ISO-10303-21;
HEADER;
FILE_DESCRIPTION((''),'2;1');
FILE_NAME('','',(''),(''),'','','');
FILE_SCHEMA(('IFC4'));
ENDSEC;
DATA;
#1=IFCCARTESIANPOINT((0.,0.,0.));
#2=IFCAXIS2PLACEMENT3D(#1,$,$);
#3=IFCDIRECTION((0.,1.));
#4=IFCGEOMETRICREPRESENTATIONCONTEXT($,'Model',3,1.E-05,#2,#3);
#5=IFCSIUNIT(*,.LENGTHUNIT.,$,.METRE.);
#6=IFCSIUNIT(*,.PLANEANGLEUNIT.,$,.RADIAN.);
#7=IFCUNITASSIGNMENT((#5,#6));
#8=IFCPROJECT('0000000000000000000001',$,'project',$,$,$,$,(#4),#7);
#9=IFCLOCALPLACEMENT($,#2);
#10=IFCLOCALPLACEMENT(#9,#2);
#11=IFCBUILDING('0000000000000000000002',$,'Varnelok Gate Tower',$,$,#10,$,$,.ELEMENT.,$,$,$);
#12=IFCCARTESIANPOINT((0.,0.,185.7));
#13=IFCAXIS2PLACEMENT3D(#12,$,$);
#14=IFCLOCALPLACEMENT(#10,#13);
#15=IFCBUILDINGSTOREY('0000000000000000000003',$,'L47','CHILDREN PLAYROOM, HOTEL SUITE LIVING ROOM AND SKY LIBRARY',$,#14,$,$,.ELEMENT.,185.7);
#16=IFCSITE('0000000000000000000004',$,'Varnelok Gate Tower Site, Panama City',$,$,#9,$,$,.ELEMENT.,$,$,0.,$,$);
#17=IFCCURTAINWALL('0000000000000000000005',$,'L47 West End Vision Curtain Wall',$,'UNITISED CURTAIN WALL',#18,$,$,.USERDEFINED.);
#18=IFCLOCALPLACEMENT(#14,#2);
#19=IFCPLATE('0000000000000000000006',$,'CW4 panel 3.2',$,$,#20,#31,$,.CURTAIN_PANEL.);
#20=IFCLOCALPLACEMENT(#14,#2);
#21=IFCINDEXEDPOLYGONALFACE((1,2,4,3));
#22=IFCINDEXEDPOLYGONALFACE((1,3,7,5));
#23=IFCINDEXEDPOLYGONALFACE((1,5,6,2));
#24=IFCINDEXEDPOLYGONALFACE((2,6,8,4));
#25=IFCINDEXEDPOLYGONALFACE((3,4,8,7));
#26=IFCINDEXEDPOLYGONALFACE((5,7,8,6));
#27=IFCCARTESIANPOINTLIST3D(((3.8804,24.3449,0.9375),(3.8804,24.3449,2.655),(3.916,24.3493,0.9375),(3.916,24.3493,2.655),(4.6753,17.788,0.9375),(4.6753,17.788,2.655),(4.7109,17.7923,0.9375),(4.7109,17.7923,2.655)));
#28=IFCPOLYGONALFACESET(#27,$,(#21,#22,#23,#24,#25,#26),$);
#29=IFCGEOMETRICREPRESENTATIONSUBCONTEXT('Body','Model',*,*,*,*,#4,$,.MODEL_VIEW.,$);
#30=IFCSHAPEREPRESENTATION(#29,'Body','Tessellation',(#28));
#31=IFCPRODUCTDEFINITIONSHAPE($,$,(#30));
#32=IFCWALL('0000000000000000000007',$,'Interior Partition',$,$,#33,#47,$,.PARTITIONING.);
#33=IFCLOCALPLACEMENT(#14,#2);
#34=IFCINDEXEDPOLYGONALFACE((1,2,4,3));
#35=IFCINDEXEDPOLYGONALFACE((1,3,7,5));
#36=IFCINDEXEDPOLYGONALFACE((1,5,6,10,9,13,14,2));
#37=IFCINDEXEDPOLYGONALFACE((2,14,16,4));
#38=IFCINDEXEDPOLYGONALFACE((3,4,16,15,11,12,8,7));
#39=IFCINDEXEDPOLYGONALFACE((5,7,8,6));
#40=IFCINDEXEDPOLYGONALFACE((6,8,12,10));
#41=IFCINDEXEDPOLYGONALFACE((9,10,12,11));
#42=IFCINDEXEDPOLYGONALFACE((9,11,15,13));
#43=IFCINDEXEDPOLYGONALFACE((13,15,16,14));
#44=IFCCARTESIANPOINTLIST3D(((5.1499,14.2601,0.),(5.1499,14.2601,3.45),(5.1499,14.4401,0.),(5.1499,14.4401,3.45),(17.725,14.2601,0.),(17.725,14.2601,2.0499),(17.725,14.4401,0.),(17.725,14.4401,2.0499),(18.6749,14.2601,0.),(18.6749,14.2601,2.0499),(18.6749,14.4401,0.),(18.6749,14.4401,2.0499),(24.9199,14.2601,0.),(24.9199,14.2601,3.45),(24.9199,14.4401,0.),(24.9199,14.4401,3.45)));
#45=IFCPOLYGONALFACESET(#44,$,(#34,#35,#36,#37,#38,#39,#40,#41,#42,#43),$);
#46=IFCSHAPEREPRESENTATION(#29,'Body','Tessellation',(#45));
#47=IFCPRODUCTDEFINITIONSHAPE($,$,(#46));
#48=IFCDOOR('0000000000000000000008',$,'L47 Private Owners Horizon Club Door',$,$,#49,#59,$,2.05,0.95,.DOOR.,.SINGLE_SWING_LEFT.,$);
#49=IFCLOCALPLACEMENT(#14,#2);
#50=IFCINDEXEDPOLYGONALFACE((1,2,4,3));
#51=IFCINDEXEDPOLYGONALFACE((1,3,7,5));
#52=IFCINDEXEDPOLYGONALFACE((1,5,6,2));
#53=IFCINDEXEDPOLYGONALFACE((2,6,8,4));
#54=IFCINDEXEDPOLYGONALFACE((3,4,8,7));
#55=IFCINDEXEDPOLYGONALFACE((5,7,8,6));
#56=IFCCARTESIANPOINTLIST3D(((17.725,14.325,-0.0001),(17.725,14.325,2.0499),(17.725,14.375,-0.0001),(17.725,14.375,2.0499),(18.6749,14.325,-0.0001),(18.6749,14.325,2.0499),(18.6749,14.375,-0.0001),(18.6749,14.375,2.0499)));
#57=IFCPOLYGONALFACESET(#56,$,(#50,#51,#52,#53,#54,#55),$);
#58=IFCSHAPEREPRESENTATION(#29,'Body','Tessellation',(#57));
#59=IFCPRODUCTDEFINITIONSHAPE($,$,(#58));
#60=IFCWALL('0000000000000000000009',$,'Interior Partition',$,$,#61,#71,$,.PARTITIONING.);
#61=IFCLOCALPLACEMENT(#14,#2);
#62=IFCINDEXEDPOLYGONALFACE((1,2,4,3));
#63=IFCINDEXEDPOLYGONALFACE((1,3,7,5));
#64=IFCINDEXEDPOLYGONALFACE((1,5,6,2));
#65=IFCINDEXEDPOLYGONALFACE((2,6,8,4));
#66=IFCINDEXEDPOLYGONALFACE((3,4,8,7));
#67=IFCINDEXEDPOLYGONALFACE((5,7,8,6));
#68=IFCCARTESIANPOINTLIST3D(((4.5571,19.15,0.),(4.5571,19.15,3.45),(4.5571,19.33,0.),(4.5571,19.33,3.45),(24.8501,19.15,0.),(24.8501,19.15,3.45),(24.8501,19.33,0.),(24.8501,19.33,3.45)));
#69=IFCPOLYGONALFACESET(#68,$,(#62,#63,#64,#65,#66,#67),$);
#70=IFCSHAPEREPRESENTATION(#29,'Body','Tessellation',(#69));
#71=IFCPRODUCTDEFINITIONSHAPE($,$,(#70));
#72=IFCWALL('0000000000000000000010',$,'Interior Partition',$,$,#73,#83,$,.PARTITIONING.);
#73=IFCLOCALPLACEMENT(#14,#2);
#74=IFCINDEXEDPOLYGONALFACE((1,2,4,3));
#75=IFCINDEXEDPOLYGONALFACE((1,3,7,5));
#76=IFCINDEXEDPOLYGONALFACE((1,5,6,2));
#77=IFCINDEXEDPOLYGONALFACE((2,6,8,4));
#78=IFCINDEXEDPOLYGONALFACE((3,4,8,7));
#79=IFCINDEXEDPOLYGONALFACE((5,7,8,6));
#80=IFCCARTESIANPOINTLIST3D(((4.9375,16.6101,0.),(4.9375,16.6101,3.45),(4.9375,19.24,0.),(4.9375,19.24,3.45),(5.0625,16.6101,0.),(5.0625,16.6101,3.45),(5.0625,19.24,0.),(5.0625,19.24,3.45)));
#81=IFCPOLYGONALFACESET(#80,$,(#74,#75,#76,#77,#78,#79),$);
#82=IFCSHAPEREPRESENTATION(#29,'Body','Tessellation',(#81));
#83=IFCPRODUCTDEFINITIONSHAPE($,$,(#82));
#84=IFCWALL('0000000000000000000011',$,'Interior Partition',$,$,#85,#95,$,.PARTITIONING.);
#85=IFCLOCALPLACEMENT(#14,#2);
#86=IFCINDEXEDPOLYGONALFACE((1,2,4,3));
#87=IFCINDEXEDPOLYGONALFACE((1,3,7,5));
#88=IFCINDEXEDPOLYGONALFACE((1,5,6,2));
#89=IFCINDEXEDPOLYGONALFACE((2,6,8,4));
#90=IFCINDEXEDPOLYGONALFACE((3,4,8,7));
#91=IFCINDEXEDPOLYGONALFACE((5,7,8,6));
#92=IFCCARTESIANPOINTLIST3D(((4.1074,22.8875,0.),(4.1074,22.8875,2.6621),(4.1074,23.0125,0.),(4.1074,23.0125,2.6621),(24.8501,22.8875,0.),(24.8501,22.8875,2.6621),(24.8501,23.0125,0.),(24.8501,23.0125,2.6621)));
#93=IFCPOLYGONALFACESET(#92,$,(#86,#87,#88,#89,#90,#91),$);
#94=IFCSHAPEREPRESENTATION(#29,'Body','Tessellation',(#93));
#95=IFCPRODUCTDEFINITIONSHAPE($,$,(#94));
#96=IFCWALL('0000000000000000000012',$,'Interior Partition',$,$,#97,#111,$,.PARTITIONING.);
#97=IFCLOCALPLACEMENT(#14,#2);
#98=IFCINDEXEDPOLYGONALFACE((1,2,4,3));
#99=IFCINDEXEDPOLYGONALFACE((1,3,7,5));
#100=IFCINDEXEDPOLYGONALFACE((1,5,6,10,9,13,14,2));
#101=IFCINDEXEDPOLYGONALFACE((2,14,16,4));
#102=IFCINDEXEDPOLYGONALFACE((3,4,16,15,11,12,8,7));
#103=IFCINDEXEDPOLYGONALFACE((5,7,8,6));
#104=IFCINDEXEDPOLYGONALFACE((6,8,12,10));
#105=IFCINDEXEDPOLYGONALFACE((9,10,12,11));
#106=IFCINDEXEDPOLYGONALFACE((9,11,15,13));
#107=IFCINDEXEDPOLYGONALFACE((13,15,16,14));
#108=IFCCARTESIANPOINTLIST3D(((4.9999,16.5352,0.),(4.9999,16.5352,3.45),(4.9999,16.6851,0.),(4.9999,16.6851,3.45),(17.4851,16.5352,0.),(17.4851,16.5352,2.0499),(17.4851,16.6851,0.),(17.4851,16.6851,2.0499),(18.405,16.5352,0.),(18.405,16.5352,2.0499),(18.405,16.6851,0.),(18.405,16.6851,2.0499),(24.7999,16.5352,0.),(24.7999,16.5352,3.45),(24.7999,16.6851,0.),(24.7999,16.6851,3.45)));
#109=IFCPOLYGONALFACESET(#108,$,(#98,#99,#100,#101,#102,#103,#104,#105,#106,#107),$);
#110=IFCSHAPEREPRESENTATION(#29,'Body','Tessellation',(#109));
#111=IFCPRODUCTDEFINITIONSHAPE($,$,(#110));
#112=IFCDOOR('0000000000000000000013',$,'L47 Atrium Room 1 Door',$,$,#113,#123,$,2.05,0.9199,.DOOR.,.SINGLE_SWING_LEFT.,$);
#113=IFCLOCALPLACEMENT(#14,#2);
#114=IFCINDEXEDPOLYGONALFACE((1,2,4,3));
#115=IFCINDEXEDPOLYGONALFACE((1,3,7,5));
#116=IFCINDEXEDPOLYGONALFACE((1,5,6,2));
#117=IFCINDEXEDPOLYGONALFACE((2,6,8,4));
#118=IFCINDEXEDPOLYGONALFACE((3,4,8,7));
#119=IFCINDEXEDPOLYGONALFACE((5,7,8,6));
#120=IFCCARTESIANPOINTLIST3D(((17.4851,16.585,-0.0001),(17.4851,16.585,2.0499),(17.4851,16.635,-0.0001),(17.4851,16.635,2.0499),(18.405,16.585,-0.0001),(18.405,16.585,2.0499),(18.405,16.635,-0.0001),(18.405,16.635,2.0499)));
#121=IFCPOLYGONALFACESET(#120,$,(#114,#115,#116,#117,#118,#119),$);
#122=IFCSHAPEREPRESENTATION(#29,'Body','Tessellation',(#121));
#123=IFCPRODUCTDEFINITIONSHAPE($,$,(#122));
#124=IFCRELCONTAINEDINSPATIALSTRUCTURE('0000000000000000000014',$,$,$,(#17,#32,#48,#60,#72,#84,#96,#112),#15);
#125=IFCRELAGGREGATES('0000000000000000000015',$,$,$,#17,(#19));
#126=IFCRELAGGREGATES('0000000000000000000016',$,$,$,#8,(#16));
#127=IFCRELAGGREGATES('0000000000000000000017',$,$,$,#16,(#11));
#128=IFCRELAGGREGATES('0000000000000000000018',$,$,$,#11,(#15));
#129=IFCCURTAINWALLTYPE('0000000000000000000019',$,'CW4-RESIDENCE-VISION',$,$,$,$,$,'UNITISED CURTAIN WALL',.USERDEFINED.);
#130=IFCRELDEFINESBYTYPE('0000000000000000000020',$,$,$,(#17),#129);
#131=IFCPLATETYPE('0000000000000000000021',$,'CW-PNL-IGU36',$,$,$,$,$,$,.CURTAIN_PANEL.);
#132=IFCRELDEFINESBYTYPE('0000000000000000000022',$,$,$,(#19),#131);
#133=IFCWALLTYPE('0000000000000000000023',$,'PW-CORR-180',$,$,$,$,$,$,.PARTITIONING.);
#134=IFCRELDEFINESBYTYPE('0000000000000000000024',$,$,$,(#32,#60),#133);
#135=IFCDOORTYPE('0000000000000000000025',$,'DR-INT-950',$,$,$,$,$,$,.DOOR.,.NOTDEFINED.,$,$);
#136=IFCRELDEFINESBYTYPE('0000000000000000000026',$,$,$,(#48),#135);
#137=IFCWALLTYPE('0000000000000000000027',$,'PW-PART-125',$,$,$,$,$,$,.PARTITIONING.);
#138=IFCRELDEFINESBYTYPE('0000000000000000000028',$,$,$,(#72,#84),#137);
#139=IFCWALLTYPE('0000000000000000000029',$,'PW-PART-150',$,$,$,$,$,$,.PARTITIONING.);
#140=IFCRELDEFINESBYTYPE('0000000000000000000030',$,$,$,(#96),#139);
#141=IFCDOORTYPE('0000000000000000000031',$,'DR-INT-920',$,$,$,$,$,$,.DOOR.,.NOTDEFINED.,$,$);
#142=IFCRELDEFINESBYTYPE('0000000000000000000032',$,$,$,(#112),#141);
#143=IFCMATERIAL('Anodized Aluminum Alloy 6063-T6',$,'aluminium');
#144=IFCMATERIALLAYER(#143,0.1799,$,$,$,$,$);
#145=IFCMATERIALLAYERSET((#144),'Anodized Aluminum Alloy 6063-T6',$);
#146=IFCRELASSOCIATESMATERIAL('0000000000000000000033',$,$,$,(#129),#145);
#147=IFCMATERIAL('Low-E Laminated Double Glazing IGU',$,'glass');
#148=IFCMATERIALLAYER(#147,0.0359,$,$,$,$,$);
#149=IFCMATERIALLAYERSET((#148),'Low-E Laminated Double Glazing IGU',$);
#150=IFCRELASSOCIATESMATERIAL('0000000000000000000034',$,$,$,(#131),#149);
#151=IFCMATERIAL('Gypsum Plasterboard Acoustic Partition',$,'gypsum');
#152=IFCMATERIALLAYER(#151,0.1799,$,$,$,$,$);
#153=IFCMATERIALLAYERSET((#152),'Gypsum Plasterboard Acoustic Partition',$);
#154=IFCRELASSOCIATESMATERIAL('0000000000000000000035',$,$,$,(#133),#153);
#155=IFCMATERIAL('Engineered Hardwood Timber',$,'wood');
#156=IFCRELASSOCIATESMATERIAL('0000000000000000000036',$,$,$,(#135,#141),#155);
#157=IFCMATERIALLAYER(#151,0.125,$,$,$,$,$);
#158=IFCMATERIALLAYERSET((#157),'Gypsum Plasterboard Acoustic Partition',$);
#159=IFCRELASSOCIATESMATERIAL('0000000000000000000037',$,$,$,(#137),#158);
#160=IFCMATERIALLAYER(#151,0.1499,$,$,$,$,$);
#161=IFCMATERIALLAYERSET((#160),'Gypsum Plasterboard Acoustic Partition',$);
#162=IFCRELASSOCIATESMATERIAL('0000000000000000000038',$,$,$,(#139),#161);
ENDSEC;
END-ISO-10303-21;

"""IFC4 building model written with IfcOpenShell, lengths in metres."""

from ifc_helpers import new_model, si_unit, direction, frame, frame_2d, origin, origin_2d, place, context, subcontext, project, spatial, rectangle, extrude, source, transform, mapped, material, layer, layer_set, type_object, element, fill, aggregate, save


model = new_model("IFC4")

# Units and contexts
model_context = context("Model", 3, precision=1e-05, world=origin(), true_north=direction((0.0, 1.0)))
body_context = subcontext(model_context, "Body", "Model", "MODEL_VIEW")
ifc_project = project(units=[si_unit("LENGTHUNIT", "METRE"), si_unit("PLANEANGLEUNIT", "RADIAN")], contexts=[model_context])

# Site, building, storey
site_placement = place(None, origin())
site = spatial("IfcSite", under=ifc_project, at=site_placement, Name="Varnelok Gate Tower Site, Panama City", CompositionType="ELEMENT", RefElevation=0.0)
building_placement = place(site_placement, origin())
building = spatial("IfcBuilding", under=site, at=building_placement, Name="Varnelok Gate Tower", CompositionType="ELEMENT")
storey_placement = place(building_placement, frame((0.0, 0.0, 185.7)))
storey = spatial("IfcBuildingStorey", under=building, at=storey_placement, Name="L47", Description="CHILDREN PLAYROOM, HOTEL SUITE LIVING ROOM AND SKY LIBRARY", CompositionType="ELEMENT", Elevation=185.7)

# Curtain wall, plate
ifc_material_1 = material(Name="Anodized Aluminum Alloy 6063-T6", Category="aluminium")
ifc_layer_1 = layer(ifc_material_1, 0.1799)
ifc_layer_set_1 = layer_set([ifc_layer_1], Name="Anodized Aluminum Alloy 6063-T6")
curtain_wall_type = type_object("IfcCurtainWallType", Name="CW4-RESIDENCE-VISION", ElementType="UNITISED CURTAIN WALL", PredefinedType="USERDEFINED", material=ifc_layer_set_1)
curtain_wall_placement = place(storey_placement, origin())
curtain_wall = element("IfcCurtainWall", 1, at=curtain_wall_placement, inside=storey, type_object=curtain_wall_type, Name="L47 West End Vision Curtain Wall", ObjectType="UNITISED CURTAIN WALL", PredefinedType="USERDEFINED")
ifc_material_2 = material(Name="Low-E Laminated Double Glazing IGU", Category="glass")
ifc_layer_2 = layer(ifc_material_2, 0.0359)
ifc_layer_set_2 = layer_set([ifc_layer_2], Name="Low-E Laminated Double Glazing IGU")
plate_type = type_object("IfcPlateType", Name="CW-PNL-IGU36", PredefinedType="CURTAIN_PANEL", material=ifc_layer_set_2)
shared_shape_1 = source(origin(), body_context, "Body", "SweptSolid", [
    extrude(rectangle(XDim=6.605, YDim=0.0359, at=origin_2d()), origin(), (0.0, 0.0, 1.0), 1.7175),
])
plate_1_placement = place(storey_placement, frame((4.2957, 21.0686, 0.9375), z_axis=(0.0, 0.0, 1.0), x_axis=(-0.120345, 0.992732, 0.0)))
plate_1 = element("IfcPlate", 2, at=plate_1_placement, type_object=plate_type, Name="CW4 panel 3.2", PredefinedType="CURTAIN_PANEL", context=body_context, shape_type="MappedRepresentation", body=[
    mapped(shared_shape_1, transform((0.0, 0.0, 0.0), scale=1.0)),
])
aggregate(curtain_wall, [plate_1])

# Wall, opening, door
ifc_material_3 = material(Name="Gypsum Plasterboard Acoustic Partition", Category="gypsum")
ifc_layer_3 = layer(ifc_material_3, 0.1799)
ifc_layer_set_3 = layer_set([ifc_layer_3], Name="Gypsum Plasterboard Acoustic Partition")
wall_type_1 = type_object("IfcWallType", Name="PW-CORR-180", PredefinedType="PARTITIONING", material=ifc_layer_set_3)
wall_1_placement = place(storey_placement, frame((5.1499, 14.3501, 0.0), z_axis=(0.0, 0.0, 1.0), x_axis=(1.0, 0.0, 0.0)))
wall_1 = element("IfcWall", 3, at=wall_1_placement, inside=storey, type_object=wall_type_1, Name="Interior Partition", PredefinedType="PARTITIONING", context=body_context, shape_type="SweptSolid", body=[
    extrude(rectangle(XDim=19.77, YDim=0.1799, at=frame_2d((9.885, 0.0))), origin(), (0.0, 0.0, 1.0), 3.45),
])
opening_1_placement = place(wall_1_placement, frame((12.575, 0.0, 0.0)))
opening_1 = element("IfcOpeningElement", 4, at=opening_1_placement, cuts=wall_1, PredefinedType="OPENING", context=body_context, shape_type="SweptSolid", body=[
    extrude(rectangle(XDim=0.95, YDim=2.05, at=frame_2d((0.4751, 1.0249))), frame((0.0, 0.0999, 0.0), z_axis=(0.0, -1.0, 0.0), x_axis=(1.0, 0.0, 0.0)), (0.0, 0.0, 1.0), 0.2),
])
ifc_material_4 = material(Name="Engineered Hardwood Timber", Category="wood")
door_type_1 = type_object("IfcDoorType", Name="DR-INT-950", OperationType="NOTDEFINED", PredefinedType="DOOR", material=ifc_material_4)
door_1_placement = place(opening_1_placement, origin())
door_1 = element("IfcDoor", 5, at=door_1_placement, inside=storey, type_object=door_type_1, Name="L47 Private Owners Horizon Club Door", OperationType="SINGLE_SWING_LEFT", OverallHeight=2.05, OverallWidth=0.95, PredefinedType="DOOR", context=body_context, shape_type="SweptSolid", body=[
    extrude(rectangle(XDim=0.95, YDim=2.05, at=frame_2d((0.4751, 1.0249))), frame((0.0, 0.0249, 0.0), z_axis=(0.0, -1.0, 0.0), x_axis=(1.0, 0.0, 0.0)), (0.0, 0.0, 1.0), 0.05),
])
fill(opening_1, door_1)

# Walls
wall_2_placement = place(storey_placement, frame((4.5571, 19.24, 0.0), z_axis=(0.0, 0.0, 1.0), x_axis=(1.0, 0.0, 0.0)))
element("IfcWall", 6, at=wall_2_placement, inside=storey, type_object=wall_type_1, Name="Interior Partition", PredefinedType="PARTITIONING", context=body_context, shape_type="SweptSolid", body=[
    extrude(rectangle(XDim=20.293, YDim=0.1799, at=frame_2d((10.1465, 0.0))), origin(), (0.0, 0.0, 1.0), 3.45),
])
ifc_layer_4 = layer(ifc_material_3, 0.125)
ifc_layer_set_4 = layer_set([ifc_layer_4], Name="Gypsum Plasterboard Acoustic Partition")
wall_type_2 = type_object("IfcWallType", Name="PW-PART-125", PredefinedType="PARTITIONING", material=ifc_layer_set_4)
wall_3_placement = place(storey_placement, frame((5.0, 16.6101, 0.0), z_axis=(0.0, 0.0, 1.0), x_axis=(0.0, 1.0, 0.0)))
element("IfcWall", 7, at=wall_3_placement, inside=storey, type_object=wall_type_2, Name="Interior Partition", PredefinedType="PARTITIONING", context=body_context, shape_type="SweptSolid", body=[
    extrude(rectangle(XDim=2.6299, YDim=0.125, at=frame_2d((1.3149, 0.0))), origin(), (0.0, 0.0, 1.0), 3.45),
])
wall_4_placement = place(storey_placement, frame((4.1074, 22.95, 0.0), z_axis=(0.0, 0.0, 1.0), x_axis=(1.0, 0.0, 0.0)))
element("IfcWall", 8, at=wall_4_placement, inside=storey, type_object=wall_type_2, Name="Interior Partition", PredefinedType="PARTITIONING", context=body_context, shape_type="SweptSolid", body=[
    extrude(rectangle(XDim=20.7427, YDim=0.125, at=frame_2d((10.3713, 0.0))), origin(), (0.0, 0.0, 1.0), 2.6621),
])

# Wall, opening, door
ifc_layer_5 = layer(ifc_material_3, 0.1499)
ifc_layer_set_5 = layer_set([ifc_layer_5], Name="Gypsum Plasterboard Acoustic Partition")
wall_type_3 = type_object("IfcWallType", Name="PW-PART-150", PredefinedType="PARTITIONING", material=ifc_layer_set_5)
wall_5_placement = place(storey_placement, frame((5.0, 16.6101, 0.0), z_axis=(0.0, 0.0, 1.0), x_axis=(1.0, 0.0, 0.0)))
wall_5 = element("IfcWall", 9, at=wall_5_placement, inside=storey, type_object=wall_type_3, Name="Interior Partition", PredefinedType="PARTITIONING", context=body_context, shape_type="SweptSolid", body=[
    extrude(rectangle(XDim=19.8, YDim=0.1499, at=frame_2d((9.8999, 0.0))), origin(), (0.0, 0.0, 1.0), 3.45),
])
opening_2_placement = place(wall_5_placement, frame((12.4851, 0.0, 0.0)))
opening_2 = element("IfcOpeningElement", 10, at=opening_2_placement, cuts=wall_5, PredefinedType="OPENING", context=body_context, shape_type="SweptSolid", body=[
    extrude(rectangle(XDim=0.9199, YDim=2.05, at=frame_2d((0.46, 1.0249))), frame((0.0, 0.085, 0.0), z_axis=(0.0, -1.0, 0.0), x_axis=(1.0, 0.0, 0.0)), (0.0, 0.0, 1.0), 0.1699),
])
door_type_2 = type_object("IfcDoorType", Name="DR-INT-920", OperationType="NOTDEFINED", PredefinedType="DOOR", material=ifc_material_4)
door_2_placement = place(opening_2_placement, origin())
door_2 = element("IfcDoor", 11, at=door_2_placement, inside=storey, type_object=door_type_2, Name="L47 Atrium Room 1 Door", OperationType="SINGLE_SWING_LEFT", OverallHeight=2.05, OverallWidth=0.9199, PredefinedType="DOOR", context=body_context, shape_type="SweptSolid", body=[
    extrude(rectangle(XDim=0.9199, YDim=2.05, at=frame_2d((0.46, 1.0249))), frame((0.0, 0.0249, 0.0), z_axis=(0.0, -1.0, 0.0), x_axis=(1.0, 0.0, 0.0)), (0.0, 0.0, 1.0), 0.05),
])
fill(opening_2, door_2)

save(model, "model.ifc")
